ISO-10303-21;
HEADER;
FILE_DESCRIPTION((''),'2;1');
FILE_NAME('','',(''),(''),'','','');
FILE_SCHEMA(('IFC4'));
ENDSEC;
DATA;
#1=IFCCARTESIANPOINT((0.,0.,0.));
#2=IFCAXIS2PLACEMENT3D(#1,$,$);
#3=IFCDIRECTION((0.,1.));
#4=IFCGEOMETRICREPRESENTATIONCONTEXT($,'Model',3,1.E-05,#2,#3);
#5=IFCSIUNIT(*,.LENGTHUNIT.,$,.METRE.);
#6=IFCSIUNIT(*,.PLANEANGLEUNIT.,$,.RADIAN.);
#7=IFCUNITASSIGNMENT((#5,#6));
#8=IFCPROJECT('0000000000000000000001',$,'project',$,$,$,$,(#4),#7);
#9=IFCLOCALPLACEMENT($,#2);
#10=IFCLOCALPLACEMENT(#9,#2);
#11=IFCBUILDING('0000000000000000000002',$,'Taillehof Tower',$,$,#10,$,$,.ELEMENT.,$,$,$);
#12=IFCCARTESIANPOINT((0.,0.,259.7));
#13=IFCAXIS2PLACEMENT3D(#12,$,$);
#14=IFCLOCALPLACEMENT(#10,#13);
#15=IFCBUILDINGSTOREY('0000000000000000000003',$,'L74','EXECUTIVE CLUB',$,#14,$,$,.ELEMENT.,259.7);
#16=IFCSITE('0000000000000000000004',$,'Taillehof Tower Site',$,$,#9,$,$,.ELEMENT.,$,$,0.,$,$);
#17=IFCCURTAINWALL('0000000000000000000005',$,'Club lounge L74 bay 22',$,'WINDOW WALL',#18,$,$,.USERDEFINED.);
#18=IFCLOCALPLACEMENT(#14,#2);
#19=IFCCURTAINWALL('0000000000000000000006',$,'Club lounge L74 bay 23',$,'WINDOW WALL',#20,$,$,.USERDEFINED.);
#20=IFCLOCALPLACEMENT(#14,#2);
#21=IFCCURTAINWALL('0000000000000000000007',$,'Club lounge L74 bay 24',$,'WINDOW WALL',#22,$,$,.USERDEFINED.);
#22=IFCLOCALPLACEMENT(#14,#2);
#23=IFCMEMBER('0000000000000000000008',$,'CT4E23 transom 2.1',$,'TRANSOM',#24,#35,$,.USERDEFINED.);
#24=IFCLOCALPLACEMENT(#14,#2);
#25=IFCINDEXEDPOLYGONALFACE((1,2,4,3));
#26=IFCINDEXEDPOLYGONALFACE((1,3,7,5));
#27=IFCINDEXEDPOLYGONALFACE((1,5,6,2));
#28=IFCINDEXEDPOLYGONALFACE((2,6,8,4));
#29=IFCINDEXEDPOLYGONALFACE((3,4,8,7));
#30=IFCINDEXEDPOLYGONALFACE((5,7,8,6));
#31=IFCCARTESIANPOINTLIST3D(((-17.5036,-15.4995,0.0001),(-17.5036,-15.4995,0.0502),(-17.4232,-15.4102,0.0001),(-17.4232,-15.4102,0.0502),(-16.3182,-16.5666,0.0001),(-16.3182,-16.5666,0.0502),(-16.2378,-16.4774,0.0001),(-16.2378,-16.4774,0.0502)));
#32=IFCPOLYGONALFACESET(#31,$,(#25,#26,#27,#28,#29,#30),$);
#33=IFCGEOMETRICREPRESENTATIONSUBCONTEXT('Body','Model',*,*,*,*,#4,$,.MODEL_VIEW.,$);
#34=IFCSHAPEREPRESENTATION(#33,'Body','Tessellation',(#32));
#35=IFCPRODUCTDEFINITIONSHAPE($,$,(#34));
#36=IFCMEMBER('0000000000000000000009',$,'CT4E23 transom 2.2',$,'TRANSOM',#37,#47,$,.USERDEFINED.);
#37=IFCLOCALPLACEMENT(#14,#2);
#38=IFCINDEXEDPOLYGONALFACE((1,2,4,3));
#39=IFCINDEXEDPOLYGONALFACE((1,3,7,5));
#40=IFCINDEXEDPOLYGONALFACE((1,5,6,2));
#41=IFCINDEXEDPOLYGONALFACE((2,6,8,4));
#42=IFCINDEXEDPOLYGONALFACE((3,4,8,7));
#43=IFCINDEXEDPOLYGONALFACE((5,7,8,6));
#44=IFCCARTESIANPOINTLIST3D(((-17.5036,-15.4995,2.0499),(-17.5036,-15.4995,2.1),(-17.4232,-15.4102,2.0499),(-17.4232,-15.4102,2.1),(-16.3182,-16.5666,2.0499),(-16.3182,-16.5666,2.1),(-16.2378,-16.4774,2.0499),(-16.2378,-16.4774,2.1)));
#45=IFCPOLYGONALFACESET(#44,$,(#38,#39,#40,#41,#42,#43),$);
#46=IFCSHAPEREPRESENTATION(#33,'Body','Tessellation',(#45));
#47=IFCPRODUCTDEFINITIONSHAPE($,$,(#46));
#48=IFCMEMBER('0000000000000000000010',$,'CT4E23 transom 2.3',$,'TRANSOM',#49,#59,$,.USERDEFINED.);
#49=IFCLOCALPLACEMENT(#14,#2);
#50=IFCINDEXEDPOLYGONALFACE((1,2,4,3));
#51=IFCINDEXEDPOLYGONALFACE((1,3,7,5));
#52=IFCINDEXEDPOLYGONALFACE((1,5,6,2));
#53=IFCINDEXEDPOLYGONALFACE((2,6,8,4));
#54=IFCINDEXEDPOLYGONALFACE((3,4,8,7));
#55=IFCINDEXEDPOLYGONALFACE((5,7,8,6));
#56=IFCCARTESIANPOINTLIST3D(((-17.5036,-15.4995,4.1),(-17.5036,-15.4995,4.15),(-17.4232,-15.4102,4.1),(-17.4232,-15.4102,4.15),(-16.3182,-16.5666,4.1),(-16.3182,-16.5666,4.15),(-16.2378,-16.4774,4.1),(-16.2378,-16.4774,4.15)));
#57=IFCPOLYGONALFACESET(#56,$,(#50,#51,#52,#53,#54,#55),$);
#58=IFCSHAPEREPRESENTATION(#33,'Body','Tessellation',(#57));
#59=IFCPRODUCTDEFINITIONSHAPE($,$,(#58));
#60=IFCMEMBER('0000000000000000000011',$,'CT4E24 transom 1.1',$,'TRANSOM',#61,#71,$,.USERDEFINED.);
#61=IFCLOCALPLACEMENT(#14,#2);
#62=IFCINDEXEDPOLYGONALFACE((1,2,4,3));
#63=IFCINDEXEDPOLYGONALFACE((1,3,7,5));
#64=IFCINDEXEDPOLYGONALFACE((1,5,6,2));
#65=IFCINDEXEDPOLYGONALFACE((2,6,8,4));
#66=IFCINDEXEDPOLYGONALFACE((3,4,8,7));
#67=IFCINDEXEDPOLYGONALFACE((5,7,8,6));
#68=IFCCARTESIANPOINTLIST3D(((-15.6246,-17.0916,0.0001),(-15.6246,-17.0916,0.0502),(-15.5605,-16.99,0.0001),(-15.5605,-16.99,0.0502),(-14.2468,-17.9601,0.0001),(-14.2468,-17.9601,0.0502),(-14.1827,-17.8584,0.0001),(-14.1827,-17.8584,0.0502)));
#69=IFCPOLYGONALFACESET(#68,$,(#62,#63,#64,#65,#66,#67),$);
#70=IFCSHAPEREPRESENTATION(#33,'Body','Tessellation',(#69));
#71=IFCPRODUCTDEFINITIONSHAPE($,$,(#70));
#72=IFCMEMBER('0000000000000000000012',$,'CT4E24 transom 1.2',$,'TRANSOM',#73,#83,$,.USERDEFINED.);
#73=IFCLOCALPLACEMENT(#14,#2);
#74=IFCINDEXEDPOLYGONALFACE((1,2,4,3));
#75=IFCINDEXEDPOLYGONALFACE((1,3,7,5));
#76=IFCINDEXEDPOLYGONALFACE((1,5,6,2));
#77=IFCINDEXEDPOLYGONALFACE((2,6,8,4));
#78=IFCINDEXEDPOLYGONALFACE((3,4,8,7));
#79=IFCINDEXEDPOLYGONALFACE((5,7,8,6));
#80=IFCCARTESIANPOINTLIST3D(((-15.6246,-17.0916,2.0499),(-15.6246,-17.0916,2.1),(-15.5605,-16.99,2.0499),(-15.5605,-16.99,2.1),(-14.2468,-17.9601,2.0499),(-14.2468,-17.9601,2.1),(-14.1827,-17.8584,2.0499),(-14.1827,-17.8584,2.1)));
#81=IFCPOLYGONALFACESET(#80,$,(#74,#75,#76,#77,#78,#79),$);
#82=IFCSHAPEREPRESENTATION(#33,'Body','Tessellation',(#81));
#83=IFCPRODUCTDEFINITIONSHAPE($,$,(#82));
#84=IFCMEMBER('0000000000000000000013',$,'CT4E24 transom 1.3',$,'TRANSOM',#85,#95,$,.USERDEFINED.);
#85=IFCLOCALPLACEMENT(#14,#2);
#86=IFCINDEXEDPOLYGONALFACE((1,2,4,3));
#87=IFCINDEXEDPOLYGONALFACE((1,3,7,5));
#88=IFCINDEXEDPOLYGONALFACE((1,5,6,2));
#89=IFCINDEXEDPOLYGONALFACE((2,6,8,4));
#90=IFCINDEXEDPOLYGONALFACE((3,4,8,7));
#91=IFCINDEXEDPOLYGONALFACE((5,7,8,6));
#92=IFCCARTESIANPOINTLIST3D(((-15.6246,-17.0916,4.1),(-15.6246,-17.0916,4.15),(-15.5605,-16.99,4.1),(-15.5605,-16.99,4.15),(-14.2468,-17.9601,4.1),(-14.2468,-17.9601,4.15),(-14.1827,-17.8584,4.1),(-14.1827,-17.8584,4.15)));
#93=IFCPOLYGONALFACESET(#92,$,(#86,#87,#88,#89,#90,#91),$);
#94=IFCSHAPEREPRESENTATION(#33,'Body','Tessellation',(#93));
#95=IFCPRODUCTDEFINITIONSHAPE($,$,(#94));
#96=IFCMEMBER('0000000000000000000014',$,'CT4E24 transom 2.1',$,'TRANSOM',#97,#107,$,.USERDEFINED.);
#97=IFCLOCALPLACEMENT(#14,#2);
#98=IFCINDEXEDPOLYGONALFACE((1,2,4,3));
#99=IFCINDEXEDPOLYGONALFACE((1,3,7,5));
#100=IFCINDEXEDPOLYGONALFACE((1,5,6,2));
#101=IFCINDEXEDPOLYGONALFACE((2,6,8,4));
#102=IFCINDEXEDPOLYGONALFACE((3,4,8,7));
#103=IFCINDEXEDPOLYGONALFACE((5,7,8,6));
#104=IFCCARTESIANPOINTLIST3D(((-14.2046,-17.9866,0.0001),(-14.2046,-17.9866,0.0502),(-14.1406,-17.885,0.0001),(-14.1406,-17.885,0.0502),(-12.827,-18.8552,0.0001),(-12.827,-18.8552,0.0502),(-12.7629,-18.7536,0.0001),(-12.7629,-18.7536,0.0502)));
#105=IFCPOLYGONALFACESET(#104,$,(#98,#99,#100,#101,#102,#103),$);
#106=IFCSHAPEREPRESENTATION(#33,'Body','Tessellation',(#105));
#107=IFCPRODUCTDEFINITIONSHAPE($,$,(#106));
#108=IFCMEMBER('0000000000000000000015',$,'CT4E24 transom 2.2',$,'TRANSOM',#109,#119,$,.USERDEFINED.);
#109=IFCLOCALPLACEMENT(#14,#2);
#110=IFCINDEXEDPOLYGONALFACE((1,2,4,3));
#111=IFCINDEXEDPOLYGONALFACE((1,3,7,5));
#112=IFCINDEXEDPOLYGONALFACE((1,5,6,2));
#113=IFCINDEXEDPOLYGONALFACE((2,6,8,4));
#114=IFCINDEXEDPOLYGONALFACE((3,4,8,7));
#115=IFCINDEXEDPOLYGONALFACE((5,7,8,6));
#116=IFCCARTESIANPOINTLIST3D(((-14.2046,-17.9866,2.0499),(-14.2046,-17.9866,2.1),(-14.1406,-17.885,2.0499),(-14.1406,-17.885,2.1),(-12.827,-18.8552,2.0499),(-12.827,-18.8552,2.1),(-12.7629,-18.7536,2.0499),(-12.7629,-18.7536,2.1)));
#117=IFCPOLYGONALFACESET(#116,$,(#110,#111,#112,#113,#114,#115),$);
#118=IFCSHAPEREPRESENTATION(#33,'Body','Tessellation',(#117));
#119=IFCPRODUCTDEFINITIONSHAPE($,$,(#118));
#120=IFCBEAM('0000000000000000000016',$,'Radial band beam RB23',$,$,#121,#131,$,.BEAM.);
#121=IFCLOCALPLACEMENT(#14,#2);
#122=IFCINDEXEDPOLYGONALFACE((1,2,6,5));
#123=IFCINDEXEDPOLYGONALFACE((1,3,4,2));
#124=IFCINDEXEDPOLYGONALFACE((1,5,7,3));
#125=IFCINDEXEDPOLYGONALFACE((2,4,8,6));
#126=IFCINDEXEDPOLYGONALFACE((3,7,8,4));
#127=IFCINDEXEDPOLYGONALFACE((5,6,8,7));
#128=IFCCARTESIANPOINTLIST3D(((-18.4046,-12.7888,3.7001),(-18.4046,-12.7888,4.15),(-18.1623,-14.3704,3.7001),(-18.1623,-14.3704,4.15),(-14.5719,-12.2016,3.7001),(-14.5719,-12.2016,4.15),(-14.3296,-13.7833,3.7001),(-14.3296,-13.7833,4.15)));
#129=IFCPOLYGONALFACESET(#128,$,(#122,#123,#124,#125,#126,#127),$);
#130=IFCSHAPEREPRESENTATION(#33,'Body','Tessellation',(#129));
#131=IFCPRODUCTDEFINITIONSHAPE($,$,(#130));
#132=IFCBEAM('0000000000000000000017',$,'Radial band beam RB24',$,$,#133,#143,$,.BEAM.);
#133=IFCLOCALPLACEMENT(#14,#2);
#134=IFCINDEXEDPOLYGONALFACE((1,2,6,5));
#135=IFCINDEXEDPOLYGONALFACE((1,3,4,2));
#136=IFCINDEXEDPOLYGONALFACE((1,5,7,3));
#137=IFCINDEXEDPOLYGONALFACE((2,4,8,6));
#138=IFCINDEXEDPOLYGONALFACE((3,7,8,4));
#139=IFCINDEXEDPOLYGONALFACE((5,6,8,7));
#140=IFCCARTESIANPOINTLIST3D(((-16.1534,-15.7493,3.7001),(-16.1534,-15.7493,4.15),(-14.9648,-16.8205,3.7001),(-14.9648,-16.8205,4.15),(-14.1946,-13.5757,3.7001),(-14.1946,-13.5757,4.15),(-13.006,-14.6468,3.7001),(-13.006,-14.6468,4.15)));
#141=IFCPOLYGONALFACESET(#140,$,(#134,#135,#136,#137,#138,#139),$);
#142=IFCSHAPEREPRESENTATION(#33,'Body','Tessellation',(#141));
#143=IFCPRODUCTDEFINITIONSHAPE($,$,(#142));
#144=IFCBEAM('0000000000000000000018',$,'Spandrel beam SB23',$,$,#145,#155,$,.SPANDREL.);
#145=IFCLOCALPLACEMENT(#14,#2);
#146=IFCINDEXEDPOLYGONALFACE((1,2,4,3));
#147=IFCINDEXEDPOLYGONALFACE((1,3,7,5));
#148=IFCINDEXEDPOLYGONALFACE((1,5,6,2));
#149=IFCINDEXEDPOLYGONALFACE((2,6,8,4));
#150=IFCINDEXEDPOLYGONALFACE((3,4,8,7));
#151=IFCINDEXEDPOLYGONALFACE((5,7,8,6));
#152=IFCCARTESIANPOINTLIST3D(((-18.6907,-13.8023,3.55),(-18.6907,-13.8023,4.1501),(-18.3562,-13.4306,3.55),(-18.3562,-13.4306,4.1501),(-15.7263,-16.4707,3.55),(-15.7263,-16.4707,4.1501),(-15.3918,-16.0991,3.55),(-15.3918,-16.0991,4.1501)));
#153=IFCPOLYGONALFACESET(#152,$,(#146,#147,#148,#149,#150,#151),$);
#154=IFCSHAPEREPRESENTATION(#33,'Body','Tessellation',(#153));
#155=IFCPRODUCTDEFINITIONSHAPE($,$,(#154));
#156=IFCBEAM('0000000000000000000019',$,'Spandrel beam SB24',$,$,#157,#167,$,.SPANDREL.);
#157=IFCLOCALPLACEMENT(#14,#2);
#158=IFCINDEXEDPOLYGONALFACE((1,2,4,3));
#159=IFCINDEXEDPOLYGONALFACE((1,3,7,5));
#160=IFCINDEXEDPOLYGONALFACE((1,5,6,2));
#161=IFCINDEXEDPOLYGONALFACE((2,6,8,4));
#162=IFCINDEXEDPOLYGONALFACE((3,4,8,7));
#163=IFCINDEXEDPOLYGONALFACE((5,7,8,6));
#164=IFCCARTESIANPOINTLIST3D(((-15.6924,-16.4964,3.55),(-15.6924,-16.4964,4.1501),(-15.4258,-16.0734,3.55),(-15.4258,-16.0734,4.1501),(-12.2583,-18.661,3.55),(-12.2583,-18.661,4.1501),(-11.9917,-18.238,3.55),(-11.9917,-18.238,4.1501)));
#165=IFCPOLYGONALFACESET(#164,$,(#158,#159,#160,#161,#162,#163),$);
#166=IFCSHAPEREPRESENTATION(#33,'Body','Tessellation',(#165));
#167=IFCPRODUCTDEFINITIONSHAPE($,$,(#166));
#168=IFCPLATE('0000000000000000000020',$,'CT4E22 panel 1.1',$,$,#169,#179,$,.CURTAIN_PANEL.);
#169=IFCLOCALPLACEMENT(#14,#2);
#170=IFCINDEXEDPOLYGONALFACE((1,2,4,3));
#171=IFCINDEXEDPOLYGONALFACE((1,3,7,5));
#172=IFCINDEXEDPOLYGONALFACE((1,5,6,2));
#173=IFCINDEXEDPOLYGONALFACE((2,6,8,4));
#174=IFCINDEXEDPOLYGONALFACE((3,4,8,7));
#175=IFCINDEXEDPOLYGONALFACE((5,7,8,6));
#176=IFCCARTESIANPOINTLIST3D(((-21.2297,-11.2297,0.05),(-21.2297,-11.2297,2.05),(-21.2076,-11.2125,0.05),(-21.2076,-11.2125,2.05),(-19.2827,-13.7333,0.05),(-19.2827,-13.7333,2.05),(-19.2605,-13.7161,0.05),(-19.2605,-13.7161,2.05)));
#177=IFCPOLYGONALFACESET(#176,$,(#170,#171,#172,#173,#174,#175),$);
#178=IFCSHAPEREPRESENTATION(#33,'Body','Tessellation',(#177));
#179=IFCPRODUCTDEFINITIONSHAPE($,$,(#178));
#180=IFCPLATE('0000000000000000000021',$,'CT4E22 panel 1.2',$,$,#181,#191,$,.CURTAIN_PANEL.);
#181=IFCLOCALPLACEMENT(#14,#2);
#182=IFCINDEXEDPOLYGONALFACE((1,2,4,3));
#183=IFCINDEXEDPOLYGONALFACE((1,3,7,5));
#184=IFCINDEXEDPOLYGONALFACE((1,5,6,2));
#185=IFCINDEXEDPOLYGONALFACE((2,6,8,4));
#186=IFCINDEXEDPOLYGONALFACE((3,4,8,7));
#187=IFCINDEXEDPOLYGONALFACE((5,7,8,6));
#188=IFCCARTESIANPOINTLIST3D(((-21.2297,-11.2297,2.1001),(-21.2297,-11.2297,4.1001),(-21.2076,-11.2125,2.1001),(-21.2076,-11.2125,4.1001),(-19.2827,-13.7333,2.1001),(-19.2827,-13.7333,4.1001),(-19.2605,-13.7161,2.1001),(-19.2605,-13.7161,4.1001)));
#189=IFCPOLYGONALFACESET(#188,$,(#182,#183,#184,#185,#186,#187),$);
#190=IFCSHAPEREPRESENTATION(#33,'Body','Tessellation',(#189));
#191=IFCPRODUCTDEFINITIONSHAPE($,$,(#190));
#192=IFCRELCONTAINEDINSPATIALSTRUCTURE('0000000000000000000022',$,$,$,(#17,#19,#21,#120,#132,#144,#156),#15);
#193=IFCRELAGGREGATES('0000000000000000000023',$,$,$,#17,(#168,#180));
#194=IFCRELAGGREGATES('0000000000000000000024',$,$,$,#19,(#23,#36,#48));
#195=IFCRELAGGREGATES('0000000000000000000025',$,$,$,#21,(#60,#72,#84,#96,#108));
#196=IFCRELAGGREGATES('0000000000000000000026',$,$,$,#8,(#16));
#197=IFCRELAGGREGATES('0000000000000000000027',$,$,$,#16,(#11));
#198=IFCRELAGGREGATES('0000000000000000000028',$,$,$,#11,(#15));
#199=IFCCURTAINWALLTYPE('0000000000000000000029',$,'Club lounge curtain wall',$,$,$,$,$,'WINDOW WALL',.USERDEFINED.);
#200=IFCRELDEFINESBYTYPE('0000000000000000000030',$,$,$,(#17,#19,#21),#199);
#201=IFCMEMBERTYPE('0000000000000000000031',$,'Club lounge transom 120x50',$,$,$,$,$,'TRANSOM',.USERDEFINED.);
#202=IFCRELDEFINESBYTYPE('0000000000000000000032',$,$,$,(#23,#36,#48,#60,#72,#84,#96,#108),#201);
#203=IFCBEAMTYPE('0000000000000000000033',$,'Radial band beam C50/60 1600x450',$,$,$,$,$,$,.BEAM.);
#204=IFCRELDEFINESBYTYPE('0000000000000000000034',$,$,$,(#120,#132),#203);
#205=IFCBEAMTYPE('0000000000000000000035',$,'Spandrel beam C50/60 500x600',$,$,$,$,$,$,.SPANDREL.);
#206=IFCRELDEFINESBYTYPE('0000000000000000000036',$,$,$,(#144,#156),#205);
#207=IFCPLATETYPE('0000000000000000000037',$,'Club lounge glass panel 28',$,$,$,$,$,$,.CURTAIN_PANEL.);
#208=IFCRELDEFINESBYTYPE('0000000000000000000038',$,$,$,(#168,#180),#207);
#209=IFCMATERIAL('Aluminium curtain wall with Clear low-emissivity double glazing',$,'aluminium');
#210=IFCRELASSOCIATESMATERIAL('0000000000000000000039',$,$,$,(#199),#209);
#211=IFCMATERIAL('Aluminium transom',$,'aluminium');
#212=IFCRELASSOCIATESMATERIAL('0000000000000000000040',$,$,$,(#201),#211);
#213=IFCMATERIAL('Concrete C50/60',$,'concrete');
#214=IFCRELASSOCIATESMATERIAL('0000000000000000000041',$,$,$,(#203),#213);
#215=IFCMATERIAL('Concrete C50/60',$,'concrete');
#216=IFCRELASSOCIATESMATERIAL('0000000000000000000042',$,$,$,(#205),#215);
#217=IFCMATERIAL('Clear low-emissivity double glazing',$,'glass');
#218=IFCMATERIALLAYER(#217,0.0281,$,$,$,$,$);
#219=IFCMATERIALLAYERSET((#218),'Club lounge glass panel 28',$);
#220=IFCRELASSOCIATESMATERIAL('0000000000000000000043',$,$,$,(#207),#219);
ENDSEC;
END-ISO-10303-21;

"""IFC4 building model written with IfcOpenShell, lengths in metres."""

from ifc_helpers import new_model, si_unit, direction, frame, origin, origin_2d, place, context, subcontext, project, spatial, rectangle, extrude, material, layer, layer_set, material_profile, profile_set, type_object, element, aggregate, save


model = new_model("IFC4")

# Units and contexts
model_context = context("Model", 3, precision=1e-05, world=origin(), true_north=direction((0.0, 1.0)))
body_context = subcontext(model_context, "Body", "Model", "MODEL_VIEW")
ifc_project = project(units=[si_unit("LENGTHUNIT", "METRE"), si_unit("PLANEANGLEUNIT", "RADIAN")], contexts=[model_context])

# Site, building, storey
site_placement = place(None, origin())
site = spatial("IfcSite", under=ifc_project, at=site_placement, Name="Taillehof Tower Site", CompositionType="ELEMENT", RefElevation=0.0)
building_placement = place(site_placement, origin())
building = spatial("IfcBuilding", under=site, at=building_placement, Name="Taillehof Tower", CompositionType="ELEMENT")
storey_placement = place(building_placement, frame((0.0, 0.0, 259.7)))
storey = spatial("IfcBuildingStorey", under=building, at=storey_placement, Name="L74", Description="EXECUTIVE CLUB", CompositionType="ELEMENT", Elevation=259.7)

# Curtain wall
ifc_material_1 = material(Name="Aluminium curtain wall with Clear low-emissivity double glazing", Category="aluminium")
curtain_wall_type = type_object("IfcCurtainWallType", Name="Club lounge curtain wall", ElementType="WINDOW WALL", PredefinedType="USERDEFINED", material=ifc_material_1)
curtain_wall_1_placement = place(storey_placement, origin())
curtain_wall_1 = element("IfcCurtainWall", 1, at=curtain_wall_1_placement, inside=storey, type_object=curtain_wall_type, Name="Club lounge L74 bay 22", ObjectType="WINDOW WALL", PredefinedType="USERDEFINED")

# Curtain walls
curtain_wall_2_placement = place(storey_placement, origin())
curtain_wall_2 = element("IfcCurtainWall", 2, at=curtain_wall_2_placement, inside=storey, type_object=curtain_wall_type, Name="Club lounge L74 bay 23", ObjectType="WINDOW WALL", PredefinedType="USERDEFINED")
curtain_wall_3_placement = place(storey_placement, origin())
curtain_wall_3 = element("IfcCurtainWall", 3, at=curtain_wall_3_placement, inside=storey, type_object=curtain_wall_type, Name="Club lounge L74 bay 24", ObjectType="WINDOW WALL", PredefinedType="USERDEFINED")

# Members
ifc_material_2 = material(Name="Aluminium transom", Category="aluminium")
ifc_material_profile_1 = material_profile(ifc_material_2, rectangle(XDim=0.1201, YDim=0.05, at=origin_2d()), Name="AL 120x50")
ifc_profile_set_1 = profile_set([ifc_material_profile_1], Name="Aluminium transom")
member_type_1 = type_object("IfcMemberType", Name="Club lounge transom 120x50", ElementType="TRANSOM", PredefinedType="USERDEFINED", material=ifc_profile_set_1)
member_1_placement = place(storey_placement, frame((-17.4634, -15.4548, 0.0251), z_axis=(0.74318, -0.669092, 0.0), x_axis=(0.669092, 0.74318, 0.0)))
member_1 = element("IfcMember", 4, at=member_1_placement, type_object=member_type_1, Name="CT4E23 transom 2.1", ObjectType="TRANSOM", PredefinedType="USERDEFINED", context=body_context, shape_type="SweptSolid", body=[
    extrude(rectangle(XDim=0.1201, YDim=0.05, at=origin_2d()), origin(), (0.0, 0.0, 1.0), 1.595),
])
member_2_placement = place(storey_placement, frame((-17.4634, -15.4548, 2.075), z_axis=(0.74318, -0.669092, 0.0), x_axis=(0.669092, 0.74318, 0.0)))
member_2 = element("IfcMember", 5, at=member_2_placement, type_object=member_type_1, Name="CT4E23 transom 2.2", ObjectType="TRANSOM", PredefinedType="USERDEFINED", context=body_context, shape_type="SweptSolid", body=[
    extrude(rectangle(XDim=0.1201, YDim=0.05, at=origin_2d()), origin(), (0.0, 0.0, 1.0), 1.595),
])
member_3_placement = place(storey_placement, frame((-17.4634, -15.4548, 4.125), z_axis=(0.74318, -0.669092, 0.0), x_axis=(0.669092, 0.74318, 0.0)))
member_3 = element("IfcMember", 6, at=member_3_placement, type_object=member_type_1, Name="CT4E23 transom 2.3", ObjectType="TRANSOM", PredefinedType="USERDEFINED", context=body_context, shape_type="SweptSolid", body=[
    extrude(rectangle(XDim=0.1201, YDim=0.05, at=origin_2d()), origin(), (0.0, 0.0, 1.0), 1.595),
])
member_4_placement = place(storey_placement, frame((-15.5925, -17.0408, 0.0251), z_axis=(0.845962, -0.533243, 0.0), x_axis=(0.533243, 0.845962, 0.0)))
member_4 = element("IfcMember", 7, at=member_4_placement, type_object=member_type_1, Name="CT4E24 transom 1.1", ObjectType="TRANSOM", PredefinedType="USERDEFINED", context=body_context, shape_type="SweptSolid", body=[
    extrude(rectangle(XDim=0.1201, YDim=0.05, at=origin_2d()), origin(), (0.0, 0.0, 1.0), 1.6287),
])
member_5_placement = place(storey_placement, frame((-15.5925, -17.0408, 2.075), z_axis=(0.845962, -0.533243, 0.0), x_axis=(0.533243, 0.845962, 0.0)))
member_5 = element("IfcMember", 8, at=member_5_placement, type_object=member_type_1, Name="CT4E24 transom 1.2", ObjectType="TRANSOM", PredefinedType="USERDEFINED", context=body_context, shape_type="SweptSolid", body=[
    extrude(rectangle(XDim=0.1201, YDim=0.05, at=origin_2d()), origin(), (0.0, 0.0, 1.0), 1.6287),
])
member_6_placement = place(storey_placement, frame((-15.5925, -17.0408, 4.125), z_axis=(0.845962, -0.533243, 0.0), x_axis=(0.533243, 0.845962, 0.0)))
member_6 = element("IfcMember", 9, at=member_6_placement, type_object=member_type_1, Name="CT4E24 transom 1.3", ObjectType="TRANSOM", PredefinedType="USERDEFINED", context=body_context, shape_type="SweptSolid", body=[
    extrude(rectangle(XDim=0.1201, YDim=0.05, at=origin_2d()), origin(), (0.0, 0.0, 1.0), 1.6287),
])
member_7_placement = place(storey_placement, frame((-14.1726, -17.9358, 0.0251), z_axis=(0.845895, -0.53335, 0.0), x_axis=(0.53335, 0.845895, 0.0)))
member_7 = element("IfcMember", 10, at=member_7_placement, type_object=member_type_1, Name="CT4E24 transom 2.1", ObjectType="TRANSOM", PredefinedType="USERDEFINED", context=body_context, shape_type="SweptSolid", body=[
    extrude(rectangle(XDim=0.1201, YDim=0.05, at=origin_2d()), origin(), (0.0, 0.0, 1.0), 1.6287),
])
member_8_placement = place(storey_placement, frame((-14.1726, -17.9358, 2.075), z_axis=(0.845895, -0.53335, 0.0), x_axis=(0.53335, 0.845895, 0.0)))
member_8 = element("IfcMember", 11, at=member_8_placement, type_object=member_type_1, Name="CT4E24 transom 2.2", ObjectType="TRANSOM", PredefinedType="USERDEFINED", context=body_context, shape_type="SweptSolid", body=[
    extrude(rectangle(XDim=0.1201, YDim=0.05, at=origin_2d()), origin(), (0.0, 0.0, 1.0), 1.6287),
])

# Beams
ifc_material_3 = material(Name="Concrete C50/60", Category="concrete")
ifc_material_profile_2 = material_profile(ifc_material_3, rectangle(XDim=1.6001, YDim=0.45, at=origin_2d()), Name="RC 1600x450")
ifc_profile_set_2 = profile_set([ifc_material_profile_2], Name="Concrete C50/60")
beam_type_1 = type_object("IfcBeamType", Name="Radial band beam C50/60 1600x450", PredefinedType="BEAM", material=ifc_profile_set_2)
beam_1_placement = place(storey_placement, frame((-18.2834, -13.5796, 3.925), z_axis=(0.988468, 0.151428, 0.0), x_axis=(-0.151428, 0.988468, 0.0)))
element("IfcBeam", 12, at=beam_1_placement, inside=storey, type_object=beam_type_1, Name="Radial band beam RB23", PredefinedType="BEAM", context=body_context, shape_type="SweptSolid", body=[
    extrude(rectangle(XDim=1.6001, YDim=0.45, at=origin_2d()), origin(), (0.0, 0.0, 1.0), 3.8774),
])
beam_2_placement = place(storey_placement, frame((-15.5591, -16.2849, 3.925), z_axis=(0.669439, 0.742867, 0.0), x_axis=(-0.742867, 0.669439, 0.0)))
element("IfcBeam", 13, at=beam_2_placement, inside=storey, type_object=beam_type_1, Name="Radial band beam RB24", PredefinedType="BEAM", context=body_context, shape_type="SweptSolid", body=[
    extrude(rectangle(XDim=1.6001, YDim=0.45, at=origin_2d()), origin(), (0.0, 0.0, 1.0), 2.926),
])
ifc_material_4 = material(Name="Concrete C50/60", Category="concrete")
ifc_material_profile_3 = material_profile(ifc_material_4, rectangle(XDim=0.5, YDim=0.6001, at=origin_2d()), Name="RC 500x600")
ifc_profile_set_3 = profile_set([ifc_material_profile_3], Name="Concrete C50/60")
beam_type_2 = type_object("IfcBeamType", Name="Spandrel beam C50/60 500x600", PredefinedType="SPANDREL", material=ifc_profile_set_3)
beam_3_placement = place(storey_placement, frame((-18.5234, -13.6165, 3.8501), z_axis=(0.743227, -0.669039, 0.0), x_axis=(0.669039, 0.743227, 0.0)))
element("IfcBeam", 14, at=beam_3_placement, inside=storey, type_object=beam_type_2, Name="Spandrel beam SB23", PredefinedType="SPANDREL", context=body_context, shape_type="SweptSolid", body=[
    extrude(rectangle(XDim=0.5, YDim=0.6001, at=origin_2d()), origin(), (0.0, 0.0, 1.0), 3.9885),
])
beam_4_placement = place(storey_placement, frame((-15.5591, -16.2849, 3.8501), z_axis=(0.845972, -0.533228, 0.0), x_axis=(0.533228, 0.845972, 0.0)))
element("IfcBeam", 15, at=beam_4_placement, inside=storey, type_object=beam_type_2, Name="Spandrel beam SB24", PredefinedType="SPANDREL", context=body_context, shape_type="SweptSolid", body=[
    extrude(rectangle(XDim=0.5, YDim=0.6001, at=origin_2d()), origin(), (0.0, 0.0, 1.0), 4.0593),
])

# Plates
ifc_material_5 = material(Name="Clear low-emissivity double glazing", Category="glass")
ifc_layer_1 = layer(ifc_material_5, 0.0281)
ifc_layer_set_1 = layer_set([ifc_layer_1], Name="Club lounge glass panel 28")
plate_type = type_object("IfcPlateType", Name="Club lounge glass panel 28", PredefinedType="CURTAIN_PANEL", material=ifc_layer_set_1)
plate_1_placement = place(storey_placement, frame((-20.2451, -12.4729, 0.05), z_axis=(0.0, 0.0, 1.0), x_axis=(0.613903, -0.789382, 0.0)))
plate_1 = element("IfcPlate", 16, at=plate_1_placement, type_object=plate_type, Name="CT4E22 panel 1.1", PredefinedType="CURTAIN_PANEL", context=body_context, shape_type="SweptSolid", body=[
    extrude(rectangle(XDim=3.1716, YDim=0.0281, at=origin_2d()), origin(), (0.0, 0.0, 1.0), 2.0),
])
plate_2_placement = place(storey_placement, frame((-20.2451, -12.4729, 2.1001), z_axis=(0.0, 0.0, 1.0), x_axis=(0.613903, -0.789382, 0.0)))
plate_2 = element("IfcPlate", 17, at=plate_2_placement, type_object=plate_type, Name="CT4E22 panel 1.2", PredefinedType="CURTAIN_PANEL", context=body_context, shape_type="SweptSolid", body=[
    extrude(rectangle(XDim=3.1716, YDim=0.0281, at=origin_2d()), origin(), (0.0, 0.0, 1.0), 2.0),
])
aggregate(curtain_wall_1, [plate_1, plate_2])
aggregate(curtain_wall_2, [member_1, member_2, member_3])
aggregate(curtain_wall_3, [member_4, member_5, member_6, member_7, member_8])

save(model, "model.ifc")
